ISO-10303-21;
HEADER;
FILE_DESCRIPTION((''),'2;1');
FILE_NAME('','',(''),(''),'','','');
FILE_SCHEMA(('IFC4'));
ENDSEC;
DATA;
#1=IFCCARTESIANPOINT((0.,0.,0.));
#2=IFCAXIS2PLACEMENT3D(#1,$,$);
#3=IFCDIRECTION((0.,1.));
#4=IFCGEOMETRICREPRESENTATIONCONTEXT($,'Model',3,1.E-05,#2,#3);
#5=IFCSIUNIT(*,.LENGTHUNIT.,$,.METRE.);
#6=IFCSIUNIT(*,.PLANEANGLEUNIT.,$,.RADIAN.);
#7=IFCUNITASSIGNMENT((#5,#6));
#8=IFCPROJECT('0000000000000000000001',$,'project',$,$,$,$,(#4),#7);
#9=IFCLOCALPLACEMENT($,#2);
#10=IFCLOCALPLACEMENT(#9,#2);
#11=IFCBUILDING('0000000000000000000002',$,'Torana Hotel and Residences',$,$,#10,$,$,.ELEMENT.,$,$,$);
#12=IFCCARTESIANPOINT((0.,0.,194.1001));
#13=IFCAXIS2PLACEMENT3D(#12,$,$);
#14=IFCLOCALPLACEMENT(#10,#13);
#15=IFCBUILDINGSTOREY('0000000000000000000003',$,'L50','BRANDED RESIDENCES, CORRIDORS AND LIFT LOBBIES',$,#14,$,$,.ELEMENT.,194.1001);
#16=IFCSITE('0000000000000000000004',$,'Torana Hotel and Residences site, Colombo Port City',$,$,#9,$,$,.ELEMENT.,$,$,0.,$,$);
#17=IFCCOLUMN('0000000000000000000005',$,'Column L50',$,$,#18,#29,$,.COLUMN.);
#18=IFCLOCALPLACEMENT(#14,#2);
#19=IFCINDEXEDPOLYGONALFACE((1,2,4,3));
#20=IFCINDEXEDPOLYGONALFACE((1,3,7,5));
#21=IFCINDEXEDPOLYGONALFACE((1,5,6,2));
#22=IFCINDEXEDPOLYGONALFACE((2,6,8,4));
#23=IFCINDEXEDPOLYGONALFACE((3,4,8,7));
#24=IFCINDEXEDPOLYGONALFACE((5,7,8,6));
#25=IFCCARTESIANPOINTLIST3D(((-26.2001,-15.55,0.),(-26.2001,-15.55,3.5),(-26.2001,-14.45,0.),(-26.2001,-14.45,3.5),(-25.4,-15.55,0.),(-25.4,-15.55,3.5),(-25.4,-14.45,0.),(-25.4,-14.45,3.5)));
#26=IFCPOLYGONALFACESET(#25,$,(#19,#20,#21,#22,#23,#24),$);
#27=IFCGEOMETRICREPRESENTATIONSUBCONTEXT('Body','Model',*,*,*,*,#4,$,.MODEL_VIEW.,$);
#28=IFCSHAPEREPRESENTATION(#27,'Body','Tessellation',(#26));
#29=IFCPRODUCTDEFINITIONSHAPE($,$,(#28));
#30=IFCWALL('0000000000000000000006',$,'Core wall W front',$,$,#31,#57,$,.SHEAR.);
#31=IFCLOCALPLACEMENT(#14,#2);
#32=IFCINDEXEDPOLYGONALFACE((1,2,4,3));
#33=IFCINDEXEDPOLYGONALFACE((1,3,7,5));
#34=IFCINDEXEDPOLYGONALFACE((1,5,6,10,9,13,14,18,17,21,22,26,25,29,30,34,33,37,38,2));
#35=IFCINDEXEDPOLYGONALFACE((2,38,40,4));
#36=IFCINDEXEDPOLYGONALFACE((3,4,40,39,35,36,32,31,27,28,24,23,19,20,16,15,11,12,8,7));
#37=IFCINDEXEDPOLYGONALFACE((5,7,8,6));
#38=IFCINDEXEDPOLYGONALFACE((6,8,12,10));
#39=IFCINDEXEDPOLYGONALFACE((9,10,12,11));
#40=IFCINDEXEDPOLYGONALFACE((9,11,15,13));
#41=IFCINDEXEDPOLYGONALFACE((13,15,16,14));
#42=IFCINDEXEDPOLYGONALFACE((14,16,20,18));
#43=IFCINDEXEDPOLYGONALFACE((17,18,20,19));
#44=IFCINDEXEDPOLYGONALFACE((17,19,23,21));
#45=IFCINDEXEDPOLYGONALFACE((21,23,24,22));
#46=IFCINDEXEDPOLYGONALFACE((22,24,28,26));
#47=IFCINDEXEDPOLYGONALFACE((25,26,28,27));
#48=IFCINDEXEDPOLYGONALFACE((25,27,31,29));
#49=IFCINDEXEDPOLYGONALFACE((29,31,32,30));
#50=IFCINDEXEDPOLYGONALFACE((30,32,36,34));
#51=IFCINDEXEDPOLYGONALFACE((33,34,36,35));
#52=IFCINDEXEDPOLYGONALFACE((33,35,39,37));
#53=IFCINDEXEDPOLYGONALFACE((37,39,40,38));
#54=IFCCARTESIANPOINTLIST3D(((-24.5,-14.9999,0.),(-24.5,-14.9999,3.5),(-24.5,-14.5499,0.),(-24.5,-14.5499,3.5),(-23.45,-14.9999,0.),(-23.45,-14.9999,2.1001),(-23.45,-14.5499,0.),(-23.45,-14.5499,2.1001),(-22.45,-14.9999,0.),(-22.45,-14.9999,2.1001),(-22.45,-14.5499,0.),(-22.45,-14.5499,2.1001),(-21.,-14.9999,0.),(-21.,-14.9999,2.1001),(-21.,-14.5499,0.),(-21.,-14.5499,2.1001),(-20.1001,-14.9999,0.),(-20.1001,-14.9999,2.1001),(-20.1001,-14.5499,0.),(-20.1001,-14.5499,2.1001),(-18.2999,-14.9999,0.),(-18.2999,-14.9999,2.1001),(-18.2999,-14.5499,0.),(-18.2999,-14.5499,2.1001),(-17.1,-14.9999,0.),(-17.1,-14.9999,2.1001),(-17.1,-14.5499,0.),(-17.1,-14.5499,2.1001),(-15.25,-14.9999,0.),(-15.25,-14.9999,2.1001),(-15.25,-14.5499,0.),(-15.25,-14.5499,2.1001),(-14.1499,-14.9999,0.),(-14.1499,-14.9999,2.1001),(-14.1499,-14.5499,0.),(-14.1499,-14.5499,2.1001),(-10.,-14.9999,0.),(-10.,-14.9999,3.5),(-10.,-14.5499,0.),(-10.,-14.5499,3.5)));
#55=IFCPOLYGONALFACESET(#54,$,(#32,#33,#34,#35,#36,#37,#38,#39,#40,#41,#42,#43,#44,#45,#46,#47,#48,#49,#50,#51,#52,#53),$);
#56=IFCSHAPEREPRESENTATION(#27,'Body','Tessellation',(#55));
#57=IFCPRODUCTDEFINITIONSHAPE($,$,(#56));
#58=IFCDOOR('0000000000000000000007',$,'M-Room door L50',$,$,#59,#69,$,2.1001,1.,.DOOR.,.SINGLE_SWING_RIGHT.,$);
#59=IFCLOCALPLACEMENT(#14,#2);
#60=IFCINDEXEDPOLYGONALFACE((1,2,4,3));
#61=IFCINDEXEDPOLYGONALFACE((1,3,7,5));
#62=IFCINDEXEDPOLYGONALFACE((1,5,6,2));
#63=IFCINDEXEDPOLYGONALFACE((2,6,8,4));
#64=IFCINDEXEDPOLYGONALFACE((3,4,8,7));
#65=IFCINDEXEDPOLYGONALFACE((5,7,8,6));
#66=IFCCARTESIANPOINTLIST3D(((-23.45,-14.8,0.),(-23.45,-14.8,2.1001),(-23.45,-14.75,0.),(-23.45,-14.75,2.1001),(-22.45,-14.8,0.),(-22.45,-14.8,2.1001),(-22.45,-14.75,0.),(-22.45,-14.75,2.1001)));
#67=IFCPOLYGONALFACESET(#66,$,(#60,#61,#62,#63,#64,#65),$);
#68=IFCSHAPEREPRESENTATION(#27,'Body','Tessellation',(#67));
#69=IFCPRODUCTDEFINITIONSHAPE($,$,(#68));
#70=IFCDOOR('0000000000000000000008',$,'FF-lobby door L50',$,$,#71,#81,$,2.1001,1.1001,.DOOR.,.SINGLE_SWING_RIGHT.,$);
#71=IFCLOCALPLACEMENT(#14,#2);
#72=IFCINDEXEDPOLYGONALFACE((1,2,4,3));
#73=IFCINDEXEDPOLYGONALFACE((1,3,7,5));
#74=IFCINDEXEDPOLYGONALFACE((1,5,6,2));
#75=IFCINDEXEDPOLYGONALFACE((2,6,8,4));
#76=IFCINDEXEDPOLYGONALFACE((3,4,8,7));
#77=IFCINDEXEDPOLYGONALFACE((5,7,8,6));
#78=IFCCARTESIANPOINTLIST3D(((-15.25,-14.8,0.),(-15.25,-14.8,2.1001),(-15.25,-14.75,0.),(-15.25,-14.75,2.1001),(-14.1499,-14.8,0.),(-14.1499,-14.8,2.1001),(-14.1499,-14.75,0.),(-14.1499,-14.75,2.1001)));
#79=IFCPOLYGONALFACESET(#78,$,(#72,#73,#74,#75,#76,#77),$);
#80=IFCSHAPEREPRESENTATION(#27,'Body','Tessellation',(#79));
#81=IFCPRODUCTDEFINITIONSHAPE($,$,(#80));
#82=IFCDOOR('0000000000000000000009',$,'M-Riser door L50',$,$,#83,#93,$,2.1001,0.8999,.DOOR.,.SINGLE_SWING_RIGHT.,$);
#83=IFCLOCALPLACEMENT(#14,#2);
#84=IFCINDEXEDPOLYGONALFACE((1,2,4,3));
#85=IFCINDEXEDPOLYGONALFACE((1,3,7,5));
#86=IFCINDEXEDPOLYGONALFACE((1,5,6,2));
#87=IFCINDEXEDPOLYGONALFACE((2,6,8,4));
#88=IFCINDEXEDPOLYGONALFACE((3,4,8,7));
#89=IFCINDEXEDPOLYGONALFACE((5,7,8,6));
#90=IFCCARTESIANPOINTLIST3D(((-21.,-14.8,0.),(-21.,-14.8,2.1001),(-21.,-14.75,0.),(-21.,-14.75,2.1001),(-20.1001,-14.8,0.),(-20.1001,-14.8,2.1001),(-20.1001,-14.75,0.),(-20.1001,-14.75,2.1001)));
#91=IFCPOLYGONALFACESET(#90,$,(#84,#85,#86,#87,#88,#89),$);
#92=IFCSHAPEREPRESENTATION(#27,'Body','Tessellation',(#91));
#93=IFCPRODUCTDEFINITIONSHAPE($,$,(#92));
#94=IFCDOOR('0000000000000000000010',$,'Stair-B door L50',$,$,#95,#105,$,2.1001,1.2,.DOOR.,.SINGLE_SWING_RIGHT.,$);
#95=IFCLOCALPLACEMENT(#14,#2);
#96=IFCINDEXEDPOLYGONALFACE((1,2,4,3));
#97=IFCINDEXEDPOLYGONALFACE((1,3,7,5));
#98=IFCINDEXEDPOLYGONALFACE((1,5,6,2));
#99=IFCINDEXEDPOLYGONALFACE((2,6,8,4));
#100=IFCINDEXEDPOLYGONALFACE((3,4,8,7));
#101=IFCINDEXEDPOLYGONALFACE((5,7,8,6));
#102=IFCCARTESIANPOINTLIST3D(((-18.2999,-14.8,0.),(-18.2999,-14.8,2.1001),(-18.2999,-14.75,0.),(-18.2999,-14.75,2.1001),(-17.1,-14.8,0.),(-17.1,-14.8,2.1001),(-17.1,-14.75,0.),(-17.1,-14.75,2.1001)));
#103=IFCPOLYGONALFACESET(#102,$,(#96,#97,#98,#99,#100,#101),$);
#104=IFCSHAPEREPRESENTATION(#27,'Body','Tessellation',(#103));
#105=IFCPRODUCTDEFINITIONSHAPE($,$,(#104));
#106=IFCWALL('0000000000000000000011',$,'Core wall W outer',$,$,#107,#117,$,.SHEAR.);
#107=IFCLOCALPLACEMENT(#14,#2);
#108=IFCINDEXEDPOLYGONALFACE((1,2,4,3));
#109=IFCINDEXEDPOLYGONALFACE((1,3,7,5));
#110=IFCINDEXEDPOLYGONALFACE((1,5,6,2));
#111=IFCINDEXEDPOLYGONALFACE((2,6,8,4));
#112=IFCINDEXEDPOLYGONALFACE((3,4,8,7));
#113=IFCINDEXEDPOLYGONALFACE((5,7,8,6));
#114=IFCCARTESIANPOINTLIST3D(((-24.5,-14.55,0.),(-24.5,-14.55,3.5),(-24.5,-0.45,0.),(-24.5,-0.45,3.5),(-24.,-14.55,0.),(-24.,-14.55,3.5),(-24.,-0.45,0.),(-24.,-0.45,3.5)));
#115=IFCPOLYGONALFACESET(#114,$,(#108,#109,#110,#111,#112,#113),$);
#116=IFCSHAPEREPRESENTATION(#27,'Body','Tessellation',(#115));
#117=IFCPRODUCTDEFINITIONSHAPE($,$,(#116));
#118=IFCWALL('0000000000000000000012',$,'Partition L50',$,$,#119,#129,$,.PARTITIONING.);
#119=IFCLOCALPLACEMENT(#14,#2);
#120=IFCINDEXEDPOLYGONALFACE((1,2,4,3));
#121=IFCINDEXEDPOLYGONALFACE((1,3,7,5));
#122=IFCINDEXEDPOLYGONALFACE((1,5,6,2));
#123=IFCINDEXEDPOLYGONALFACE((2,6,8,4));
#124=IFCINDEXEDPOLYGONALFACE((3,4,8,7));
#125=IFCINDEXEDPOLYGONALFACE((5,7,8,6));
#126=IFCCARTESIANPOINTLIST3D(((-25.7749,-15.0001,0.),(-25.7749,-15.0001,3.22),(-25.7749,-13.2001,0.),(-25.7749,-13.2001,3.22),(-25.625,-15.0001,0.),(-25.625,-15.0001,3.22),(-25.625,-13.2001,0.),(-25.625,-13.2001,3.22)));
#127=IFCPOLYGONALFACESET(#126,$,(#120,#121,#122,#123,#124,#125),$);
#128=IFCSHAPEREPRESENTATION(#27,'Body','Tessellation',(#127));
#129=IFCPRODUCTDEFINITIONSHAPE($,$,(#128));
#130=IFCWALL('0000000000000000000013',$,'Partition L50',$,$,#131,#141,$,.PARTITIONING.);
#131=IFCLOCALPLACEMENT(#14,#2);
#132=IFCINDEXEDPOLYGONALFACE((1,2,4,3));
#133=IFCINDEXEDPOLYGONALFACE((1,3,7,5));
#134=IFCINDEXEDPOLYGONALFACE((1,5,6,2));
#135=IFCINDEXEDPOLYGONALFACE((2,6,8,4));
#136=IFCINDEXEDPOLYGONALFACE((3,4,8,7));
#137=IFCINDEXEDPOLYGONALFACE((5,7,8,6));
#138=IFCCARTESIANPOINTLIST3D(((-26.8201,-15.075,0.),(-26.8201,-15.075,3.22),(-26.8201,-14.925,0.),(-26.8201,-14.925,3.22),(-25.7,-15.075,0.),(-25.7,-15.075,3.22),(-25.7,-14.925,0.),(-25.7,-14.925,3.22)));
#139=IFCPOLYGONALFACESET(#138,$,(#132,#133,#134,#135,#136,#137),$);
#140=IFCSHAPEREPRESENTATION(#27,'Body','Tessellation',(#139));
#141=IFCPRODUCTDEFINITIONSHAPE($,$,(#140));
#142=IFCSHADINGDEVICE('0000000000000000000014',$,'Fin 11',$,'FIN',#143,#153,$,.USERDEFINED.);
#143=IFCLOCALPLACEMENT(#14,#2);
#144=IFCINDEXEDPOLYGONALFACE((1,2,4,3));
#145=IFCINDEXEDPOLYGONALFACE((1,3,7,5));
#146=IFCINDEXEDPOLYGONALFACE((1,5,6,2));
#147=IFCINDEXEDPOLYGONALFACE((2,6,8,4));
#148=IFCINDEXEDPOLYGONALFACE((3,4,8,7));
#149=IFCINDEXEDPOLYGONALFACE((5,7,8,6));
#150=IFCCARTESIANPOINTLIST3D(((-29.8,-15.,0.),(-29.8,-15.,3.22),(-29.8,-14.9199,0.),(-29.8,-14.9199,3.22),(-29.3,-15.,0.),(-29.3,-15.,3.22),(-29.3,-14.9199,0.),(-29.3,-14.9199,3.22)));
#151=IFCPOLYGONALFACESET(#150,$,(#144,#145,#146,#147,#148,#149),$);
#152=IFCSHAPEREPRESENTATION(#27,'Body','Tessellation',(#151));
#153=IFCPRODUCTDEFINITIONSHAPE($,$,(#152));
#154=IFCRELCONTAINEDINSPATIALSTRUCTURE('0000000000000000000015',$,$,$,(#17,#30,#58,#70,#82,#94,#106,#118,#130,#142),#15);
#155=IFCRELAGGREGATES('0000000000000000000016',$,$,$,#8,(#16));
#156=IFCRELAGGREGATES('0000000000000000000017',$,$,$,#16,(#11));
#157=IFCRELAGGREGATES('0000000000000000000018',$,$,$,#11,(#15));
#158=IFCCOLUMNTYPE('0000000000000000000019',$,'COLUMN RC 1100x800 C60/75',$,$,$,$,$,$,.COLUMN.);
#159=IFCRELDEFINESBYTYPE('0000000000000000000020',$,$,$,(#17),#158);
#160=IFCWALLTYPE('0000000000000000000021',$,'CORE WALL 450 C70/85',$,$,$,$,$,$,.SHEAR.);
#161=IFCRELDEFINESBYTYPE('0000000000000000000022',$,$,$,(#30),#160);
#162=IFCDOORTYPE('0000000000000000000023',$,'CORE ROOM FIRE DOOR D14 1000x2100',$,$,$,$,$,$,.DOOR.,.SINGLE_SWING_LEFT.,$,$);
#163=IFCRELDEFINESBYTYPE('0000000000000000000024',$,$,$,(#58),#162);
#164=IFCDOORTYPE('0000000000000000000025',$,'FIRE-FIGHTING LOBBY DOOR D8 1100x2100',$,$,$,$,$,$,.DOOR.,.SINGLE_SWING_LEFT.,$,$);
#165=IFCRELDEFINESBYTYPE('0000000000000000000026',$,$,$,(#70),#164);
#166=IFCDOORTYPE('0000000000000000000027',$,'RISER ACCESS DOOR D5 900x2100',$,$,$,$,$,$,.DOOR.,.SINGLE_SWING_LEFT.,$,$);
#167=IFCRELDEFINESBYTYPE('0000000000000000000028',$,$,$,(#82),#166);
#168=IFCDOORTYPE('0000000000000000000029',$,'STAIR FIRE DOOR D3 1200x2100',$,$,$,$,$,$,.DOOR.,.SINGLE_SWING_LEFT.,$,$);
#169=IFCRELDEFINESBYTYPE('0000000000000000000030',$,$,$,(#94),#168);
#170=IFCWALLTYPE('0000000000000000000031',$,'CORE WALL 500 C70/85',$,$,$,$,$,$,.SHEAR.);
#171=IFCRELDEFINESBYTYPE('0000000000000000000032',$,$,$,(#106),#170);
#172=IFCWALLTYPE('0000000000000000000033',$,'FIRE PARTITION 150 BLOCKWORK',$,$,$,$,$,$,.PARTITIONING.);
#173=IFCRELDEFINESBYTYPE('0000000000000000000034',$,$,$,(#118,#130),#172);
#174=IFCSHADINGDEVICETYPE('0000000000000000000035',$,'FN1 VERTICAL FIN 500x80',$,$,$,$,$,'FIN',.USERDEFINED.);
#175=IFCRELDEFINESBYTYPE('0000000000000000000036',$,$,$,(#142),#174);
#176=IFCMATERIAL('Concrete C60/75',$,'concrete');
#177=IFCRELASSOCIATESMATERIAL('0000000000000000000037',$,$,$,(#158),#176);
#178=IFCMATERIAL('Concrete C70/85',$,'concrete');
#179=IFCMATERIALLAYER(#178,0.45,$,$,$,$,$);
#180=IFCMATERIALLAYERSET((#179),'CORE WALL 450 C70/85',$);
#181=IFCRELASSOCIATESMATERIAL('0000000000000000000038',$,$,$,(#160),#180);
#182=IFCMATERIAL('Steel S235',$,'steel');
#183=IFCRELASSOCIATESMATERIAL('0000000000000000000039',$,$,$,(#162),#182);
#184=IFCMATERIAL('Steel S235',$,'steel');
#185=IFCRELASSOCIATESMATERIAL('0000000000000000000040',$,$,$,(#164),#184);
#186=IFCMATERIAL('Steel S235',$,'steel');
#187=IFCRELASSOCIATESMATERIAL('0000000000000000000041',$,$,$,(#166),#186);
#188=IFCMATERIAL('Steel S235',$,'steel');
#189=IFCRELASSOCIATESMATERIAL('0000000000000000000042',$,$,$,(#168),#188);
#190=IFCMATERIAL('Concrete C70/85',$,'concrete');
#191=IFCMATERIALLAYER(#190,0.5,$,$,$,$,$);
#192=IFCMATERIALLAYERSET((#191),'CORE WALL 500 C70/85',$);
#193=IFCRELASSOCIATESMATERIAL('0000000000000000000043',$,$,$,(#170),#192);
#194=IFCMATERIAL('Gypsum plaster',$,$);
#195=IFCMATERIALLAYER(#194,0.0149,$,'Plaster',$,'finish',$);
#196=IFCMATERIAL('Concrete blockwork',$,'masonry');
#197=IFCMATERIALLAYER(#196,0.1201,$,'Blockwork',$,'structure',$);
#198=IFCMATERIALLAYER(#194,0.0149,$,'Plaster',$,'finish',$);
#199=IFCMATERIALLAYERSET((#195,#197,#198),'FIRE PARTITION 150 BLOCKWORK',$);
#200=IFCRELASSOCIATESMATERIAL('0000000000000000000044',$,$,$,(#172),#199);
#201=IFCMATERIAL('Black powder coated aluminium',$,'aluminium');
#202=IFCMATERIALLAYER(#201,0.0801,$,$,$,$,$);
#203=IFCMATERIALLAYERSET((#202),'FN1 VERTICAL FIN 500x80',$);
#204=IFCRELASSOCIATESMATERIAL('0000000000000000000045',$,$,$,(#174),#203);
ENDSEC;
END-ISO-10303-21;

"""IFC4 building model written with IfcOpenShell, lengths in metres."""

from ifc_helpers import new_model, si_unit, direction, frame, frame_2d, origin, origin_2d, place, context, subcontext, project, spatial, rectangle, extrude, material, layer, layer_set, material_profile, profile_set, type_object, element, fill, save


model = new_model("IFC4")

# Units and contexts
model_context = context("Model", 3, precision=1e-05, world=origin(), true_north=direction((0.0, 1.0)))
body_context = subcontext(model_context, "Body", "Model", "MODEL_VIEW")
ifc_project = project(units=[si_unit("LENGTHUNIT", "METRE"), si_unit("PLANEANGLEUNIT", "RADIAN")], contexts=[model_context])

# Site, building, storey
site_placement = place(None, origin())
site = spatial("IfcSite", under=ifc_project, at=site_placement, Name="Torana Hotel and Residences site, Colombo Port City", CompositionType="ELEMENT", RefElevation=0.0)
building_placement = place(site_placement, origin())
building = spatial("IfcBuilding", under=site, at=building_placement, Name="Torana Hotel and Residences", CompositionType="ELEMENT")
storey_placement = place(building_placement, frame((0.0, 0.0, 194.1001)))
storey = spatial("IfcBuildingStorey", under=building, at=storey_placement, Name="L50", Description="BRANDED RESIDENCES, CORRIDORS AND LIFT LOBBIES", CompositionType="ELEMENT", Elevation=194.1001)

# Column
ifc_material_1 = material(Name="Concrete C60/75", Category="concrete")
ifc_material_profile = material_profile(ifc_material_1, rectangle(XDim=1.1001, YDim=0.8, at=origin_2d()), Name="RC 1100x800")
ifc_profile_set = profile_set([ifc_material_profile], Name="Concrete C60/75")
column_type = type_object("IfcColumnType", Name="COLUMN RC 1100x800 C60/75", PredefinedType="COLUMN", material=ifc_profile_set)
column_placement = place(storey_placement, frame((-25.8, -15.0, 0.0), z_axis=(0.0, 0.0, 1.0), x_axis=(0.0, 1.0, 0.0)))
element("IfcColumn", 1, at=column_placement, inside=storey, type_object=column_type, Name="Column L50", PredefinedType="COLUMN", context=body_context, shape_type="SweptSolid", body=[
    extrude(rectangle(XDim=1.1001, YDim=0.8, at=origin_2d()), origin(), (0.0, 0.0, 1.0), 3.5),
])

# Wall, openings, doors
ifc_material_2 = material(Name="Concrete C70/85", Category="concrete")
ifc_layer_1 = layer(ifc_material_2, 0.45)
ifc_layer_set_1 = layer_set([ifc_layer_1], Name="CORE WALL 450 C70/85")
wall_type_1 = type_object("IfcWallType", Name="CORE WALL 450 C70/85", PredefinedType="SHEAR", material=ifc_layer_set_1)
wall_1_placement = place(storey_placement, frame((-24.5, -14.7749, 0.0), z_axis=(0.0, 0.0, 1.0), x_axis=(1.0, 0.0, 0.0)))
wall_1 = element("IfcWall", 2, at=wall_1_placement, inside=storey, type_object=wall_type_1, Name="Core wall W front", PredefinedType="SHEAR", context=body_context, shape_type="SweptSolid", body=[
    extrude(rectangle(XDim=14.5, YDim=0.45, at=frame_2d((7.25, 0.0))), origin(), (0.0, 0.0, 1.0), 3.5),
])
opening_1_placement = place(wall_1_placement, frame((6.2, 0.0, 0.0)))
opening_1 = element("IfcOpeningElement", 3, at=opening_1_placement, cuts=wall_1, PredefinedType="OPENING", context=body_context, shape_type="SweptSolid", body=[
    extrude(rectangle(XDim=1.2, YDim=2.1001, at=frame_2d((0.6001, 1.05))), frame((0.0, 0.2349, 0.0), z_axis=(0.0, -1.0, 0.0), x_axis=(1.0, 0.0, 0.0)), (0.0, 0.0, 1.0), 0.47),
])
opening_2_placement = place(wall_1_placement, frame((9.25, 0.0, 0.0)))
opening_2 = element("IfcOpeningElement", 4, at=opening_2_placement, cuts=wall_1, PredefinedType="OPENING", context=body_context, shape_type="SweptSolid", body=[
    extrude(rectangle(XDim=1.1001, YDim=2.1001, at=frame_2d((0.55, 1.05))), frame((0.0, 0.2349, 0.0), z_axis=(0.0, -1.0, 0.0), x_axis=(1.0, 0.0, 0.0)), (0.0, 0.0, 1.0), 0.47),
])
opening_3_placement = place(wall_1_placement, frame((3.5, 0.0, 0.0)))
opening_3 = element("IfcOpeningElement", 5, at=opening_3_placement, cuts=wall_1, PredefinedType="OPENING", context=body_context, shape_type="SweptSolid", body=[
    extrude(rectangle(XDim=0.8999, YDim=2.1001, at=frame_2d((0.45, 1.05))), frame((0.0, 0.2349, 0.0), z_axis=(0.0, -1.0, 0.0), x_axis=(1.0, 0.0, 0.0)), (0.0, 0.0, 1.0), 0.47),
])
opening_4_placement = place(wall_1_placement, frame((1.05, 0.0, 0.0)))
opening_4 = element("IfcOpeningElement", 6, at=opening_4_placement, cuts=wall_1, PredefinedType="OPENING", context=body_context, shape_type="SweptSolid", body=[
    extrude(rectangle(XDim=1.0, YDim=2.1001, at=frame_2d((0.5, 1.05))), frame((0.0, 0.2349, 0.0), z_axis=(0.0, -1.0, 0.0), x_axis=(1.0, 0.0, 0.0)), (0.0, 0.0, 1.0), 0.47),
])
ifc_material_3 = material(Name="Steel S235", Category="steel")
door_type_1 = type_object("IfcDoorType", Name="CORE ROOM FIRE DOOR D14 1000x2100", OperationType="SINGLE_SWING_LEFT", PredefinedType="DOOR", material=ifc_material_3)
door_1_placement = place(opening_4_placement, origin())
door_1 = element("IfcDoor", 7, at=door_1_placement, inside=storey, type_object=door_type_1, Name="M-Room door L50", OperationType="SINGLE_SWING_RIGHT", OverallHeight=2.1001, OverallWidth=1.0, PredefinedType="DOOR", context=body_context, shape_type="SweptSolid", body=[
    extrude(rectangle(XDim=1.0, YDim=2.1001, at=frame_2d((0.5, 1.05))), frame((0.0, 0.0249, 0.0), z_axis=(0.0, -1.0, 0.0), x_axis=(1.0, 0.0, 0.0)), (0.0, 0.0, 1.0), 0.05),
])
fill(opening_4, door_1)
ifc_material_4 = material(Name="Steel S235", Category="steel")
door_type_2 = type_object("IfcDoorType", Name="FIRE-FIGHTING LOBBY DOOR D8 1100x2100", OperationType="SINGLE_SWING_LEFT", PredefinedType="DOOR", material=ifc_material_4)
door_2_placement = place(opening_2_placement, origin())
door_2 = element("IfcDoor", 8, at=door_2_placement, inside=storey, type_object=door_type_2, Name="FF-lobby door L50", OperationType="SINGLE_SWING_RIGHT", OverallHeight=2.1001, OverallWidth=1.1001, PredefinedType="DOOR", context=body_context, shape_type="SweptSolid", body=[
    extrude(rectangle(XDim=1.1001, YDim=2.1001, at=frame_2d((0.55, 1.05))), frame((0.0, 0.0249, 0.0), z_axis=(0.0, -1.0, 0.0), x_axis=(1.0, 0.0, 0.0)), (0.0, 0.0, 1.0), 0.05),
])
fill(opening_2, door_2)
ifc_material_5 = material(Name="Steel S235", Category="steel")
door_type_3 = type_object("IfcDoorType", Name="RISER ACCESS DOOR D5 900x2100", OperationType="SINGLE_SWING_LEFT", PredefinedType="DOOR", material=ifc_material_5)
door_3_placement = place(opening_3_placement, origin())
door_3 = element("IfcDoor", 9, at=door_3_placement, inside=storey, type_object=door_type_3, Name="M-Riser door L50", OperationType="SINGLE_SWING_RIGHT", OverallHeight=2.1001, OverallWidth=0.8999, PredefinedType="DOOR", context=body_context, shape_type="SweptSolid", body=[
    extrude(rectangle(XDim=0.8999, YDim=2.1001, at=frame_2d((0.45, 1.05))), frame((0.0, 0.0249, 0.0), z_axis=(0.0, -1.0, 0.0), x_axis=(1.0, 0.0, 0.0)), (0.0, 0.0, 1.0), 0.05),
])
fill(opening_3, door_3)
ifc_material_6 = material(Name="Steel S235", Category="steel")
door_type_4 = type_object("IfcDoorType", Name="STAIR FIRE DOOR D3 1200x2100", OperationType="SINGLE_SWING_LEFT", PredefinedType="DOOR", material=ifc_material_6)
door_4_placement = place(opening_1_placement, origin())
door_4 = element("IfcDoor", 10, at=door_4_placement, inside=storey, type_object=door_type_4, Name="Stair-B door L50", OperationType="SINGLE_SWING_RIGHT", OverallHeight=2.1001, OverallWidth=1.2, PredefinedType="DOOR", context=body_context, shape_type="SweptSolid", body=[
    extrude(rectangle(XDim=1.2, YDim=2.1001, at=frame_2d((0.6001, 1.05))), frame((0.0, 0.0249, 0.0), z_axis=(0.0, -1.0, 0.0), x_axis=(1.0, 0.0, 0.0)), (0.0, 0.0, 1.0), 0.05),
])
fill(opening_1, door_4)

# Walls
ifc_material_7 = material(Name="Concrete C70/85", Category="concrete")
ifc_layer_2 = layer(ifc_material_7, 0.5)
ifc_layer_set_2 = layer_set([ifc_layer_2], Name="CORE WALL 500 C70/85")
wall_type_2 = type_object("IfcWallType", Name="CORE WALL 500 C70/85", PredefinedType="SHEAR", material=ifc_layer_set_2)
wall_2_placement = place(storey_placement, frame((-24.25, -14.55, 0.0), z_axis=(0.0, 0.0, 1.0), x_axis=(0.0, 1.0, 0.0)))
element("IfcWall", 11, at=wall_2_placement, inside=storey, type_object=wall_type_2, Name="Core wall W outer", PredefinedType="SHEAR", context=body_context, shape_type="SweptSolid", body=[
    extrude(rectangle(XDim=14.1001, YDim=0.5, at=frame_2d((7.05, 0.0))), origin(), (0.0, 0.0, 1.0), 3.5),
])
ifc_material_8 = material(Name="Gypsum plaster")
ifc_layer_3 = layer(ifc_material_8, 0.0149, Name="Plaster", Category="finish")
ifc_material_9 = material(Name="Concrete blockwork", Category="masonry")
ifc_layer_4 = layer(ifc_material_9, 0.1201, Name="Blockwork", Category="structure")
ifc_layer_5 = layer(ifc_material_8, 0.0149, Name="Plaster", Category="finish")
ifc_layer_set_3 = layer_set([ifc_layer_3, ifc_layer_4, ifc_layer_5], Name="FIRE PARTITION 150 BLOCKWORK")
wall_type_3 = type_object("IfcWallType", Name="FIRE PARTITION 150 BLOCKWORK", PredefinedType="PARTITIONING", material=ifc_layer_set_3)
wall_3_placement = place(storey_placement, frame((-25.7, -15.0, 0.0), z_axis=(0.0, 0.0, 1.0), x_axis=(0.0, 1.0, 0.0)))
element("IfcWall", 12, at=wall_3_placement, inside=storey, type_object=wall_type_3, Name="Partition L50", PredefinedType="PARTITIONING", context=body_context, shape_type="SweptSolid", body=[
    extrude(rectangle(XDim=1.8, YDim=0.1499, at=frame_2d((0.8999, 0.0))), origin(), (0.0, 0.0, 1.0), 3.22),
])

# Wall
wall_4_placement = place(storey_placement, frame((-26.8201, -15.0, 0.0), z_axis=(0.0, 0.0, 1.0), x_axis=(1.0, 0.0, 0.0)))
element("IfcWall", 13, at=wall_4_placement, inside=storey, type_object=wall_type_3, Name="Partition L50", PredefinedType="PARTITIONING", context=body_context, shape_type="SweptSolid", body=[
    extrude(rectangle(XDim=1.1201, YDim=0.1499, at=frame_2d((0.5601, 0.0))), origin(), (0.0, 0.0, 1.0), 3.22),
])

# Shading device
ifc_material_10 = material(Name="Black powder coated aluminium", Category="aluminium")
ifc_layer_6 = layer(ifc_material_10, 0.0801)
ifc_layer_set_4 = layer_set([ifc_layer_6], Name="FN1 VERTICAL FIN 500x80")
shading_device_type = type_object("IfcShadingDeviceType", Name="FN1 VERTICAL FIN 500x80", ElementType="FIN", PredefinedType="USERDEFINED", material=ifc_layer_set_4)
shading_device_placement = place(storey_placement, frame((-29.55, -14.96, 0.0), z_axis=(0.0, 0.0, 1.0), x_axis=(0.0, 1.0, 0.0)))
element("IfcShadingDevice", 14, at=shading_device_placement, inside=storey, type_object=shading_device_type, Name="Fin 11", ObjectType="FIN", PredefinedType="USERDEFINED", context=body_context, shape_type="SweptSolid", body=[
    extrude(rectangle(XDim=0.0801, YDim=0.5, at=origin_2d()), origin(), (0.0, 0.0, 1.0), 3.22),
])

save(model, "model.ifc")
